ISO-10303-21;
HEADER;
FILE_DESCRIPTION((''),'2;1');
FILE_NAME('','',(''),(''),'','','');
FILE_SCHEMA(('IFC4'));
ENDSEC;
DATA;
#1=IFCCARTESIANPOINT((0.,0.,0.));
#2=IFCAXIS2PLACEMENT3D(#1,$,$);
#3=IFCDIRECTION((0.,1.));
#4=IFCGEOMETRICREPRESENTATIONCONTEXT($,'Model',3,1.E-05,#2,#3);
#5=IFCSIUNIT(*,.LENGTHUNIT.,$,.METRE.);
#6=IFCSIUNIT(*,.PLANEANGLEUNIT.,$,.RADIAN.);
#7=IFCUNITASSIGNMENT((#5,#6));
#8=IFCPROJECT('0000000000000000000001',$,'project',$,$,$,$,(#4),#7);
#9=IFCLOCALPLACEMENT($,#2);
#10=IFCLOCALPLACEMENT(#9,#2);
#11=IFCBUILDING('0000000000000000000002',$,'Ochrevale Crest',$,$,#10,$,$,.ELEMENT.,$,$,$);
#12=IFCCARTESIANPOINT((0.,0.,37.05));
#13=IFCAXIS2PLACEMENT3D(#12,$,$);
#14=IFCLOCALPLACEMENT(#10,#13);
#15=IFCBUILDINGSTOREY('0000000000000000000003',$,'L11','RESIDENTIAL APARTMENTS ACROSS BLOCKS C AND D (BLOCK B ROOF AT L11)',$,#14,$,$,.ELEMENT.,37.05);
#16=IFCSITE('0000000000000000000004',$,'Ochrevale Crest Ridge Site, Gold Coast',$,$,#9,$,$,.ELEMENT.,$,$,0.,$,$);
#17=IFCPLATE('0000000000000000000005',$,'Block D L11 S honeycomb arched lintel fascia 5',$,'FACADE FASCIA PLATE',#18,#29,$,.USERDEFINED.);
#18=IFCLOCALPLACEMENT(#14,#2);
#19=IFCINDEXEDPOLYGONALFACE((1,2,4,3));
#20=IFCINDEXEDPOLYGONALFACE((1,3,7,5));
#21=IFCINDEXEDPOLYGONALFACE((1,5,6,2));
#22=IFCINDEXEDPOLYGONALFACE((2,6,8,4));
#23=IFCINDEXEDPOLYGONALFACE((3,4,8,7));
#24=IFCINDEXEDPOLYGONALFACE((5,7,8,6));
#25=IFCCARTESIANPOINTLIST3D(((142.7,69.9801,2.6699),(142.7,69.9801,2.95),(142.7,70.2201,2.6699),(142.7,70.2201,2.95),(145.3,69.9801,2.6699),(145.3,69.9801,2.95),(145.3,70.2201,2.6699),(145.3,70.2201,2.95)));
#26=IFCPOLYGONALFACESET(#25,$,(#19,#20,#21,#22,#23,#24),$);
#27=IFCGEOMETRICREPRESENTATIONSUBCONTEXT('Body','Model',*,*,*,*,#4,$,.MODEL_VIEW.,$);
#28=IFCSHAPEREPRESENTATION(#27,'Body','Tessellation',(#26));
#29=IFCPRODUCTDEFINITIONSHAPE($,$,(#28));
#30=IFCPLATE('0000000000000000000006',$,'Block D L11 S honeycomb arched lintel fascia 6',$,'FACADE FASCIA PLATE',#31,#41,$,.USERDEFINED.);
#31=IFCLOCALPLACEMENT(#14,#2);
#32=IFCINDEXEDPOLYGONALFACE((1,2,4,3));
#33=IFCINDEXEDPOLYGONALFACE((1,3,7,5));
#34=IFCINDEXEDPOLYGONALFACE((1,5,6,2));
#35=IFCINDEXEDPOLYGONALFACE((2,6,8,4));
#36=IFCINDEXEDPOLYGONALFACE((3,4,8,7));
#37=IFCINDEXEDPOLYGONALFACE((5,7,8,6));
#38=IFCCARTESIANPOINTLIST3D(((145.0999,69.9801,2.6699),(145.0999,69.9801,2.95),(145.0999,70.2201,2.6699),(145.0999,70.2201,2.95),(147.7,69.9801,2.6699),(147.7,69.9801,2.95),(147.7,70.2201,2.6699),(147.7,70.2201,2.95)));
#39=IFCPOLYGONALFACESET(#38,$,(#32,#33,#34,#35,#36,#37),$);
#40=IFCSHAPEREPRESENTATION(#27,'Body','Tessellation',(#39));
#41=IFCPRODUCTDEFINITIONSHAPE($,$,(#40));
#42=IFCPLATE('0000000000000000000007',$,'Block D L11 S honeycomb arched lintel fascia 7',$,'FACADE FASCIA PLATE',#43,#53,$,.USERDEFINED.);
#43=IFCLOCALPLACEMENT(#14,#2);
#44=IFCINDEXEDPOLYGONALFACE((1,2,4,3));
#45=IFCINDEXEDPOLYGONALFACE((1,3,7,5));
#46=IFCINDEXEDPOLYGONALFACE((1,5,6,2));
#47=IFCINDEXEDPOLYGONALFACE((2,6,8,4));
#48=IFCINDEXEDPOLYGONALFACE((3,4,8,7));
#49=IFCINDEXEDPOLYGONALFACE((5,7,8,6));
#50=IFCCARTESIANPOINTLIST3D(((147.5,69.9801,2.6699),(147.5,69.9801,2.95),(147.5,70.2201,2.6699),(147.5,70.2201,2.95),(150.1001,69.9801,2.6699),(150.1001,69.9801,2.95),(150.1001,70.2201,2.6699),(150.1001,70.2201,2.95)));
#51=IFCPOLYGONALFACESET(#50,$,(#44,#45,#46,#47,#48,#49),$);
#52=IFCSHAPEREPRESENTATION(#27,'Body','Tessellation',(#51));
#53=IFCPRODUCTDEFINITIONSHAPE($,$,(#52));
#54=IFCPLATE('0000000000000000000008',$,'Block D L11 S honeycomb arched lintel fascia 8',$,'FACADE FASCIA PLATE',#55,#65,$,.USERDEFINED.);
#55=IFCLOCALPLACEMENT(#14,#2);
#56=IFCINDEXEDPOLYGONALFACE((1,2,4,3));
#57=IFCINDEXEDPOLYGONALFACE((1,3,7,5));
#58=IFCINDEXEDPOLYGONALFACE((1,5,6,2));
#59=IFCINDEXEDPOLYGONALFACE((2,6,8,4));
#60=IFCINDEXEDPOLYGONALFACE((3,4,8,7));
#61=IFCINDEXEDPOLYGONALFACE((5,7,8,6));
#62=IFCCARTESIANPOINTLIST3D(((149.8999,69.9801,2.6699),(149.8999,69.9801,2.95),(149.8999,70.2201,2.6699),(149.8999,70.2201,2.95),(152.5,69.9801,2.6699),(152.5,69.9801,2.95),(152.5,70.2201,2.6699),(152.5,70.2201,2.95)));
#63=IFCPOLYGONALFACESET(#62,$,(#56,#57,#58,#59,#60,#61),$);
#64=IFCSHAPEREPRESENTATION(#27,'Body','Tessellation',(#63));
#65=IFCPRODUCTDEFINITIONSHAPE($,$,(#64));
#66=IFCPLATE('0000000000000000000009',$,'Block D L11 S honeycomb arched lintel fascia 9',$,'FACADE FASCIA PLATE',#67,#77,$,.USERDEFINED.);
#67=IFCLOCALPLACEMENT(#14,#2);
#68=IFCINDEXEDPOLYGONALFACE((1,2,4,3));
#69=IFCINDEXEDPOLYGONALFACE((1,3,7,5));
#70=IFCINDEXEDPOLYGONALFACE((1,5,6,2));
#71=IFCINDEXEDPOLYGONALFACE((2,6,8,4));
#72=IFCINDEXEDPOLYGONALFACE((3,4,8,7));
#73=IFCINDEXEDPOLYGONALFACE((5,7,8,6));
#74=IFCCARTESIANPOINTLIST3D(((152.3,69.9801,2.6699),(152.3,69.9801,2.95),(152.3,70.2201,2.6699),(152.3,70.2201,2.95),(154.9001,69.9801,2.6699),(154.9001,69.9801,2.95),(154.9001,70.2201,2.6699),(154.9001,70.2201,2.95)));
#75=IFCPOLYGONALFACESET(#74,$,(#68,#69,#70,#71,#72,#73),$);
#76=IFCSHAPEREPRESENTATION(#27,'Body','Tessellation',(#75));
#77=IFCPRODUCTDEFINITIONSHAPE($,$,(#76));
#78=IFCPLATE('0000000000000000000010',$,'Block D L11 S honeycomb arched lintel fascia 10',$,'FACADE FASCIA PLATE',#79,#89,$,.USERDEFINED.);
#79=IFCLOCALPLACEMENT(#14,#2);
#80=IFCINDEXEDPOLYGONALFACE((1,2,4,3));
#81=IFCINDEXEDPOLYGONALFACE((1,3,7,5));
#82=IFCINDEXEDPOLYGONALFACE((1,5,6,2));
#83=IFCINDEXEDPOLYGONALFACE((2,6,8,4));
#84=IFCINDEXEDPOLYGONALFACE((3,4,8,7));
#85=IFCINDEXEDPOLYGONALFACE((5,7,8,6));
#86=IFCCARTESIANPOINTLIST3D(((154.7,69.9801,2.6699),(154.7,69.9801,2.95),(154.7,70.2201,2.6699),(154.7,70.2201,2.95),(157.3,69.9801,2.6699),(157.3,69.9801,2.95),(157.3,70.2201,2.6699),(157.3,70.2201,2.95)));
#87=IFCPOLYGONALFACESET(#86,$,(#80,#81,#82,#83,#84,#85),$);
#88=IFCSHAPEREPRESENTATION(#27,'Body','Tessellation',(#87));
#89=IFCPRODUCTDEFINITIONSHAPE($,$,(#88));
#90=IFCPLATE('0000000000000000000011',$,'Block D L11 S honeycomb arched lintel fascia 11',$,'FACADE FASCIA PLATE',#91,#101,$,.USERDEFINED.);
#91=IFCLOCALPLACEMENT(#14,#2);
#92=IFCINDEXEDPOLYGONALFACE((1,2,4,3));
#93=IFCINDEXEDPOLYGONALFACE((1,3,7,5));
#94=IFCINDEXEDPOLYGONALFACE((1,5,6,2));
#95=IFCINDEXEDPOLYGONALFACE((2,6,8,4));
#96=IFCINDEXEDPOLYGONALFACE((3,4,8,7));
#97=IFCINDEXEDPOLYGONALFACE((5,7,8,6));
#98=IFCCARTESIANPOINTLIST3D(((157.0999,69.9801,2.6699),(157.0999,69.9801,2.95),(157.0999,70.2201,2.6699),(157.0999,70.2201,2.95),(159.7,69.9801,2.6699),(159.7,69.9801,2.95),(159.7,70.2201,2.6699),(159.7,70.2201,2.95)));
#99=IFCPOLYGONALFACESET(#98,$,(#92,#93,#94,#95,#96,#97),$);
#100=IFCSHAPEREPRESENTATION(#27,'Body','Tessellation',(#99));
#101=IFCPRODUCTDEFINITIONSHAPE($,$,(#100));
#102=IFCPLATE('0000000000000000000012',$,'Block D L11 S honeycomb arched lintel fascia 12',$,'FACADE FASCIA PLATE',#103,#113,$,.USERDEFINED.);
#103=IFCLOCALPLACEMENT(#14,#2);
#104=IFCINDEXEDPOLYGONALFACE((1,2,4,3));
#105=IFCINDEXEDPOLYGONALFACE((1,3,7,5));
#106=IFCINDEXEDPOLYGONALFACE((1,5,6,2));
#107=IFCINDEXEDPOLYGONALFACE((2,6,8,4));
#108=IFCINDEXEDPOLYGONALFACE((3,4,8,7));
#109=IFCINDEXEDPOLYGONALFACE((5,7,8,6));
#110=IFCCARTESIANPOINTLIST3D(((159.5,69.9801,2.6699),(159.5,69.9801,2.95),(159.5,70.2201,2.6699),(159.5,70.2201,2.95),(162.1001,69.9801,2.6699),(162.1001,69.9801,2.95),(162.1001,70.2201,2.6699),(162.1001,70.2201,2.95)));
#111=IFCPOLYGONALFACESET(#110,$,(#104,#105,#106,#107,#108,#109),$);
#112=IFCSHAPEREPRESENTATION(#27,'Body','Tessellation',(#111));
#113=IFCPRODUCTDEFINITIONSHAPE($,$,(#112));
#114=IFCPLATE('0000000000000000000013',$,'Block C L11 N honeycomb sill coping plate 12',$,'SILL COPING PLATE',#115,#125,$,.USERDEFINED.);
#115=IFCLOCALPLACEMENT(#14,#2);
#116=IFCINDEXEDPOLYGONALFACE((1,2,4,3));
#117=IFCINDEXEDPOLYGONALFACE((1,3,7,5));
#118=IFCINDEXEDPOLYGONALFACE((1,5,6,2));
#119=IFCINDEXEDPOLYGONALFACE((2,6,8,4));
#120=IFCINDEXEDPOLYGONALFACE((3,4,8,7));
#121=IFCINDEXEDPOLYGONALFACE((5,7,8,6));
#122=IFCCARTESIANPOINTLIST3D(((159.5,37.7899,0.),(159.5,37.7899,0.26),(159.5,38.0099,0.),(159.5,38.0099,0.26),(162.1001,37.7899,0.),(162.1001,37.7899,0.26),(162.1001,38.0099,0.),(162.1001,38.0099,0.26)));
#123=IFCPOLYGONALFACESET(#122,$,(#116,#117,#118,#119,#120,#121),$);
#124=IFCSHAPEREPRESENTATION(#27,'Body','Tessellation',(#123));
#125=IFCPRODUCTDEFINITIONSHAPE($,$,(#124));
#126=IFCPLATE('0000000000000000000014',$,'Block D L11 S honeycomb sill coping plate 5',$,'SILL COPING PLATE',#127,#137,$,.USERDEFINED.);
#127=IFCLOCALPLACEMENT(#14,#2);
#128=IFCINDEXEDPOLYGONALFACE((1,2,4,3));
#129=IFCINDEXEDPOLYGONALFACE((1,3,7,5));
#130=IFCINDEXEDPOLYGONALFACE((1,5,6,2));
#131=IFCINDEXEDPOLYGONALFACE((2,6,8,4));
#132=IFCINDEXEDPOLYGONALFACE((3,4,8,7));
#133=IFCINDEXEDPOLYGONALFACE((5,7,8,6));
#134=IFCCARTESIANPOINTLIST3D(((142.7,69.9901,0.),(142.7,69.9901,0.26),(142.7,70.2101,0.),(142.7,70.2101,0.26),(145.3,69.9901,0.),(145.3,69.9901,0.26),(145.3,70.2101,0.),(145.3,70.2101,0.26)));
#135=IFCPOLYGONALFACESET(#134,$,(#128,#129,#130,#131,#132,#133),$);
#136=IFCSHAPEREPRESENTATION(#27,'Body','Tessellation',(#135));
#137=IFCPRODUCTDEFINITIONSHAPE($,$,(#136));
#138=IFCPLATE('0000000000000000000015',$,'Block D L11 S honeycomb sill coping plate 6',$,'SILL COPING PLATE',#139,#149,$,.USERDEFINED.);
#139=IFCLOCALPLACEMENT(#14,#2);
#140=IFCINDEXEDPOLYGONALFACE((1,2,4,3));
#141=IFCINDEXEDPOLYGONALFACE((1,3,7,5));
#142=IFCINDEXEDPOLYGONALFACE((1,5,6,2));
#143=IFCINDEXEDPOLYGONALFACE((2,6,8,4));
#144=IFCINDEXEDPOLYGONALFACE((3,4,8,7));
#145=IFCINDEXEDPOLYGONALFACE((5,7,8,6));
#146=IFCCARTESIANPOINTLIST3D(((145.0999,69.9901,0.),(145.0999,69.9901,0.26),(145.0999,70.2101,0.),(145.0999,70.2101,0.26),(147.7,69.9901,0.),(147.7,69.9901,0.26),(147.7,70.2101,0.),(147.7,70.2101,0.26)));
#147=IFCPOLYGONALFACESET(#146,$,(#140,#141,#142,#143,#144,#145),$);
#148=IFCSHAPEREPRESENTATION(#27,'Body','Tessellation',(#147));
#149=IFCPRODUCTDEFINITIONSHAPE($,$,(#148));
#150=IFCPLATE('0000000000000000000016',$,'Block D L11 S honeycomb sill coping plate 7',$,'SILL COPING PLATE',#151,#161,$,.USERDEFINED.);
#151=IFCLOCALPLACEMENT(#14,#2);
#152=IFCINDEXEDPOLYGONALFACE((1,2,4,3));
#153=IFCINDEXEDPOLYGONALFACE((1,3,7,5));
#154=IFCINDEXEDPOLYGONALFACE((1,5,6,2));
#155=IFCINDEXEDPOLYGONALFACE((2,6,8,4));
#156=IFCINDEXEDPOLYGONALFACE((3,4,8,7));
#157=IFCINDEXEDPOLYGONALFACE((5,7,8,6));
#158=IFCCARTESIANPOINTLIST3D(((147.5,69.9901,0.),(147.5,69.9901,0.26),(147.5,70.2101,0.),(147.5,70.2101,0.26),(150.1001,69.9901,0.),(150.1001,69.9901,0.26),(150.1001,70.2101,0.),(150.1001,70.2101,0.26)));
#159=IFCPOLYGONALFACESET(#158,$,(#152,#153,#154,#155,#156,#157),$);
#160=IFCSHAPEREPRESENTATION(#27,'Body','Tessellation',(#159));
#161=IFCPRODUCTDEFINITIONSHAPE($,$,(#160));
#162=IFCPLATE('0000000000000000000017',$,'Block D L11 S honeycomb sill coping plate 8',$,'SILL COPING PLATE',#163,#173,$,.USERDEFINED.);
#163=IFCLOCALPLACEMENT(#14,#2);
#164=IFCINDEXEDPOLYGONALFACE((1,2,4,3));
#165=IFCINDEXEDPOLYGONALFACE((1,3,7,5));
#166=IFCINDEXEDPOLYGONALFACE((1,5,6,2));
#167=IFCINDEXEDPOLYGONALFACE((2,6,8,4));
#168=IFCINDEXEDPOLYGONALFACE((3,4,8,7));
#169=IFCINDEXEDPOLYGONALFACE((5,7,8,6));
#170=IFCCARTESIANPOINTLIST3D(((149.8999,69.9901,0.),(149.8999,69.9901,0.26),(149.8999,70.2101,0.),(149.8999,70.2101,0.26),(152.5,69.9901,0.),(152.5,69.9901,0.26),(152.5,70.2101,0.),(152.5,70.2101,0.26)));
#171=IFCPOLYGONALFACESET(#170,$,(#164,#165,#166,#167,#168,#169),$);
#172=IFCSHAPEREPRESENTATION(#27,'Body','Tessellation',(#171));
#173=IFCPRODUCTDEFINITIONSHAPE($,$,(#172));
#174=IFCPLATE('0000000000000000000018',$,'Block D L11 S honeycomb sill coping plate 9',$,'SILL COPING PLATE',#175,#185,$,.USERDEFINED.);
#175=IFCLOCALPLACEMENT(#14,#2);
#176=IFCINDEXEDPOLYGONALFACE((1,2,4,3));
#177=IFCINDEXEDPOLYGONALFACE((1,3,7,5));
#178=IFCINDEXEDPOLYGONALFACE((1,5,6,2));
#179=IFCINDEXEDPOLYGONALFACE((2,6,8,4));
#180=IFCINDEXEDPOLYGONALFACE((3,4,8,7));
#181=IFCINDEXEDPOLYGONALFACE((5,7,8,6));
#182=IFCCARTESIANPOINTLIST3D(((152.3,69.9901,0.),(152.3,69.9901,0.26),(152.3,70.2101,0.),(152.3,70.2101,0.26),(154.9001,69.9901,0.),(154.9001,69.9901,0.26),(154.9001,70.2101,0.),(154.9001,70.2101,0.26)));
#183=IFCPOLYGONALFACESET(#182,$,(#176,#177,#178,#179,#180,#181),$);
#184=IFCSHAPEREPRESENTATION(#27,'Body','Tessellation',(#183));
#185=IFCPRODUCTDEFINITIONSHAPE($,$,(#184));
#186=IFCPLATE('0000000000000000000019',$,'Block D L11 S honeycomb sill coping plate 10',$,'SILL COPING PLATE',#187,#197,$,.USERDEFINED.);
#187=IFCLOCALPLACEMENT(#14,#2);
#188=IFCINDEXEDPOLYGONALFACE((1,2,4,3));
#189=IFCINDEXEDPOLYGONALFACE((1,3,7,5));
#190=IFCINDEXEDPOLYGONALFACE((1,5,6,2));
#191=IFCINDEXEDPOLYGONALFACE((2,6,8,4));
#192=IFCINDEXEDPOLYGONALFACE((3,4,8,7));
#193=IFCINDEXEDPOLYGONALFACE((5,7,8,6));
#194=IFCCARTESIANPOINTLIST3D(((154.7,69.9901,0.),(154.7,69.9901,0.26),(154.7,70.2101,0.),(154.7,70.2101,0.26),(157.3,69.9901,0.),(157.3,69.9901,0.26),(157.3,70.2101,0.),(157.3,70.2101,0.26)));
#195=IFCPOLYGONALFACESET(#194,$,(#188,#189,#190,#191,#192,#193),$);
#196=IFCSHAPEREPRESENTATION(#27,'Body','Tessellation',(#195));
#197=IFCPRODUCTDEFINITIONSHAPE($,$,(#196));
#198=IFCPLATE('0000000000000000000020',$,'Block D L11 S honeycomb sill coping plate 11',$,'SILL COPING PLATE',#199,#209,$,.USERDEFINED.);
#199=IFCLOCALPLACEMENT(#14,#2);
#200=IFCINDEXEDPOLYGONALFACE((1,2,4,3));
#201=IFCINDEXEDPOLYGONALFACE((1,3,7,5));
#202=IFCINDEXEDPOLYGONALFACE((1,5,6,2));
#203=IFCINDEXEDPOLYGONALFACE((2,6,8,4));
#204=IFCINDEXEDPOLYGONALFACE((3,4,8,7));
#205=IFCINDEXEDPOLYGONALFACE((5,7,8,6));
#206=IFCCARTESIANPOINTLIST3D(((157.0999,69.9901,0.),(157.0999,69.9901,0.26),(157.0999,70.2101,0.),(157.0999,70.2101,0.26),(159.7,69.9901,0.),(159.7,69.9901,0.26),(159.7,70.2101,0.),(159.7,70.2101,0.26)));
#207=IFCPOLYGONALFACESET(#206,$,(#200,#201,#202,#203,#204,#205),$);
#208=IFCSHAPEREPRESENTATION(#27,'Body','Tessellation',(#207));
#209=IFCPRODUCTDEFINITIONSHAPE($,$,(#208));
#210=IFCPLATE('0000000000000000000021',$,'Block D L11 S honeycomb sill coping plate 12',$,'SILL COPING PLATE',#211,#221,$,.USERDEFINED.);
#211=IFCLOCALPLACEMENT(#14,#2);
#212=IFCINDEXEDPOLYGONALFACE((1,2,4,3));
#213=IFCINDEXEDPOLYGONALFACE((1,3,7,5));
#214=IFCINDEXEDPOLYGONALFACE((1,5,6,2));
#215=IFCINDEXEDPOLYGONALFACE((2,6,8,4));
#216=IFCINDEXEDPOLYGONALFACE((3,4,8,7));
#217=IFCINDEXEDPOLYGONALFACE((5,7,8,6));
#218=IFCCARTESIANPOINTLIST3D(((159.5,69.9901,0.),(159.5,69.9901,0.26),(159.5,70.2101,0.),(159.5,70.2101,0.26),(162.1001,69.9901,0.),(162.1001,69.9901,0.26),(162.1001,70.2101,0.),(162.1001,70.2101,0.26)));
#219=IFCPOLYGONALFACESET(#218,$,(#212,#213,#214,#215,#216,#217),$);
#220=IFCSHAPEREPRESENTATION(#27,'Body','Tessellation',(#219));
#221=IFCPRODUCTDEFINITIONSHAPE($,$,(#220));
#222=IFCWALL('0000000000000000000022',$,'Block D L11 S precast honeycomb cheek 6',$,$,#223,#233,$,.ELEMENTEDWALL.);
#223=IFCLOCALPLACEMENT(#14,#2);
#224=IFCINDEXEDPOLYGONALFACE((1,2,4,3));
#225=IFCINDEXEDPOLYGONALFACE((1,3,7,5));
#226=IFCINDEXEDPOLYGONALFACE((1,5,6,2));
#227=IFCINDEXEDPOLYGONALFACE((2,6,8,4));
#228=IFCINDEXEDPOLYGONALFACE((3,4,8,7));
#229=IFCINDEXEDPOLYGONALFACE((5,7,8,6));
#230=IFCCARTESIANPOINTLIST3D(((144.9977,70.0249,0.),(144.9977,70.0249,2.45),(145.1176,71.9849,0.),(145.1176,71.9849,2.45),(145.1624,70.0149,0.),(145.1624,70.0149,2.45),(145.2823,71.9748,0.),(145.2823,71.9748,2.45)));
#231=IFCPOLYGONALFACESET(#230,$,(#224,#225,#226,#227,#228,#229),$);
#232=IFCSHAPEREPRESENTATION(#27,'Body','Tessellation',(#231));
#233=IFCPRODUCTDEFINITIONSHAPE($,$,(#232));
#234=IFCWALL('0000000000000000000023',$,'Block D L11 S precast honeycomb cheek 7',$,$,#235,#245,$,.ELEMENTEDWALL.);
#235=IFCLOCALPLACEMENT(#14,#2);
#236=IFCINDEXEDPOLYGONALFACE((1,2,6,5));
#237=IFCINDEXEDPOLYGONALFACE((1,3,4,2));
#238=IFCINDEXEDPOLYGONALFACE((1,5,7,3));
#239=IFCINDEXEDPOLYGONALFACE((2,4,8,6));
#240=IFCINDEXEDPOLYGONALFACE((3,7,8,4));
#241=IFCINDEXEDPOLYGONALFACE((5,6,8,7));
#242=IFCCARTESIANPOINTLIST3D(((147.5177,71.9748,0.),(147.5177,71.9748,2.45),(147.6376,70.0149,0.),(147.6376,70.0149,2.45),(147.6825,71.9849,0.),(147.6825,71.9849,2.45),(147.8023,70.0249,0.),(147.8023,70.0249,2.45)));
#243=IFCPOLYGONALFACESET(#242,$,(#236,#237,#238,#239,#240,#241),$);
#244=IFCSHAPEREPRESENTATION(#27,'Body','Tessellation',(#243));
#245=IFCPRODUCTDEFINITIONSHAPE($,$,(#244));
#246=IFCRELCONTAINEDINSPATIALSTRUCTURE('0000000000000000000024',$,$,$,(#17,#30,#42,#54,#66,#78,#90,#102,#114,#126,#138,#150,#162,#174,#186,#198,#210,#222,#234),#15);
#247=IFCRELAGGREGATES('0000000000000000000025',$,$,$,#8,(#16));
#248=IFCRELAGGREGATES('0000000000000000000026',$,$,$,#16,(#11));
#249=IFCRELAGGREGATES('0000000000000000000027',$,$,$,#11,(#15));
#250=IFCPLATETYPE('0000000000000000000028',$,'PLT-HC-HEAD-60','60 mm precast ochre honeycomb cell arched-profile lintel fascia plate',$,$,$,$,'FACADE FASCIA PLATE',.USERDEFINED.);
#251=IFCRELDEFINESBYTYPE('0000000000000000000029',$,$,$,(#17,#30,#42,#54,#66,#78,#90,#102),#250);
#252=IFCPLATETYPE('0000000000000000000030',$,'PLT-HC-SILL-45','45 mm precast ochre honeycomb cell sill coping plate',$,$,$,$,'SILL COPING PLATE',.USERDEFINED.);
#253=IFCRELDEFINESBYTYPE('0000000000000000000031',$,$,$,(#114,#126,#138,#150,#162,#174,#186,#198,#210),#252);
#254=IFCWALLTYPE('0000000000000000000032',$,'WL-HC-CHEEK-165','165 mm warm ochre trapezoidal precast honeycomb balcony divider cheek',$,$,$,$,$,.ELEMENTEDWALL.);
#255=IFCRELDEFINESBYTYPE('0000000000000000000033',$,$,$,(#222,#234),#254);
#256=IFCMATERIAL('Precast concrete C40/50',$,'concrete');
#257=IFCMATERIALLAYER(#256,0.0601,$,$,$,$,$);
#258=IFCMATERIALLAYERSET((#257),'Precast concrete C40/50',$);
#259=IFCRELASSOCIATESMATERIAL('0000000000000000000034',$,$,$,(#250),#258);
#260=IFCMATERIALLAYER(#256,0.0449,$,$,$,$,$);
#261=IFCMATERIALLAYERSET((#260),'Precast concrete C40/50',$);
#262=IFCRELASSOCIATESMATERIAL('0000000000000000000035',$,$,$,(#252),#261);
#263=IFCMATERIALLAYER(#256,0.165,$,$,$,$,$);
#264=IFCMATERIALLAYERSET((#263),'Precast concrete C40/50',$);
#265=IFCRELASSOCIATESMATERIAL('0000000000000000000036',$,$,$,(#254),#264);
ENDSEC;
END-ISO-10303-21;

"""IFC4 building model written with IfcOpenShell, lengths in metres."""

from ifc_helpers import new_model, si_unit, direction, frame, frame_2d, origin, origin_2d, place, context, subcontext, project, spatial, rectangle, extrude, material, layer, layer_set, type_object, element, save


model = new_model("IFC4")

# Units and contexts
model_context = context("Model", 3, precision=1e-05, world=origin(), true_north=direction((0.0, 1.0)))
body_context = subcontext(model_context, "Body", "Model", "MODEL_VIEW")
ifc_project = project(units=[si_unit("LENGTHUNIT", "METRE"), si_unit("PLANEANGLEUNIT", "RADIAN")], contexts=[model_context])

# Site, building, storey
site_placement = place(None, origin())
site = spatial("IfcSite", under=ifc_project, at=site_placement, Name="Ochrevale Crest Ridge Site, Gold Coast", CompositionType="ELEMENT", RefElevation=0.0)
building_placement = place(site_placement, origin())
building = spatial("IfcBuilding", under=site, at=building_placement, Name="Ochrevale Crest", CompositionType="ELEMENT")
storey_placement = place(building_placement, frame((0.0, 0.0, 37.05)))
storey = spatial("IfcBuildingStorey", under=building, at=storey_placement, Name="L11", Description="RESIDENTIAL APARTMENTS ACROSS BLOCKS C AND D (BLOCK B ROOF AT L11)", CompositionType="ELEMENT", Elevation=37.05)

# Plates
ifc_material_1 = material(Name="Precast concrete C40/50", Category="concrete")
ifc_layer_1 = layer(ifc_material_1, 0.0601)
ifc_layer_set_1 = layer_set([ifc_layer_1], Name="Precast concrete C40/50")
plate_type_1 = type_object("IfcPlateType", Name="PLT-HC-HEAD-60", Description="60 mm precast ochre honeycomb cell arched-profile lintel fascia plate", ElementType="FACADE FASCIA PLATE", PredefinedType="USERDEFINED", material=ifc_layer_set_1)
for number, where, z_axis, x_axis, name in (
    (1, (144.0, 70.1001, 2.6699), (0.0, 0.0, 1.0), (1.0, 0.0, 0.0), "Block D L11 S honeycomb arched lintel fascia 5"),
    (2, (146.3999, 70.1001, 2.6699), (0.0, 0.0, 1.0), (1.0, 0.0, 0.0), "Block D L11 S honeycomb arched lintel fascia 6"),
    (3, (148.8, 70.1001, 2.6699), (0.0, 0.0, 1.0), (1.0, 0.0, 0.0), "Block D L11 S honeycomb arched lintel fascia 7"),
    (4, (151.2, 70.1001, 2.6699), (0.0, 0.0, 1.0), (1.0, 0.0, 0.0), "Block D L11 S honeycomb arched lintel fascia 8"),
    (5, (153.6001, 70.1001, 2.6699), (0.0, 0.0, 1.0), (1.0, 0.0, 0.0), "Block D L11 S honeycomb arched lintel fascia 9"),
    (6, (156.0, 70.1001, 2.6699), (0.0, 0.0, 1.0), (1.0, 0.0, 0.0), "Block D L11 S honeycomb arched lintel fascia 10"),
    (7, (158.3999, 70.1001, 2.6699), (0.0, 0.0, 1.0), (1.0, 0.0, 0.0), "Block D L11 S honeycomb arched lintel fascia 11"),
    (8, (160.8, 70.1001, 2.6699), (0.0, 0.0, 1.0), (1.0, 0.0, 0.0), "Block D L11 S honeycomb arched lintel fascia 12"),
):
    element("IfcPlate", number, at=place(storey_placement, frame(where, z_axis=z_axis, x_axis=x_axis)), inside=storey, type_object=plate_type_1, Name=name, ObjectType="FACADE FASCIA PLATE", PredefinedType="USERDEFINED", context=body_context, shape_type="SweptSolid", body=[
        extrude(rectangle(XDim=2.6001, YDim=0.24, at=origin_2d()), origin(), (0.0, 0.0, 1.0), 0.28),
    ])
ifc_layer_2 = layer(ifc_material_1, 0.0449)
ifc_layer_set_2 = layer_set([ifc_layer_2], Name="Precast concrete C40/50")
plate_type_2 = type_object("IfcPlateType", Name="PLT-HC-SILL-45", Description="45 mm precast ochre honeycomb cell sill coping plate", ElementType="SILL COPING PLATE", PredefinedType="USERDEFINED", material=ifc_layer_set_2)
for number, where, z_axis, x_axis, name in (
    (9, (160.8, 37.8999, 0.0), (0.0, 0.0, 1.0), (1.0, 0.0, 0.0), "Block C L11 N honeycomb sill coping plate 12"),
    (10, (144.0, 70.1001, 0.0), (0.0, 0.0, 1.0), (1.0, 0.0, 0.0), "Block D L11 S honeycomb sill coping plate 5"),
    (11, (146.3999, 70.1001, 0.0), (0.0, 0.0, 1.0), (1.0, 0.0, 0.0), "Block D L11 S honeycomb sill coping plate 6"),
    (12, (148.8, 70.1001, 0.0), (0.0, 0.0, 1.0), (1.0, 0.0, 0.0), "Block D L11 S honeycomb sill coping plate 7"),
    (13, (151.2, 70.1001, 0.0), (0.0, 0.0, 1.0), (1.0, 0.0, 0.0), "Block D L11 S honeycomb sill coping plate 8"),
    (14, (153.6001, 70.1001, 0.0), (0.0, 0.0, 1.0), (1.0, 0.0, 0.0), "Block D L11 S honeycomb sill coping plate 9"),
    (15, (156.0, 70.1001, 0.0), (0.0, 0.0, 1.0), (1.0, 0.0, 0.0), "Block D L11 S honeycomb sill coping plate 10"),
    (16, (158.3999, 70.1001, 0.0), (0.0, 0.0, 1.0), (1.0, 0.0, 0.0), "Block D L11 S honeycomb sill coping plate 11"),
    (17, (160.8, 70.1001, 0.0), (0.0, 0.0, 1.0), (1.0, 0.0, 0.0), "Block D L11 S honeycomb sill coping plate 12"),
):
    element("IfcPlate", number, at=place(storey_placement, frame(where, z_axis=z_axis, x_axis=x_axis)), inside=storey, type_object=plate_type_2, Name=name, ObjectType="SILL COPING PLATE", PredefinedType="USERDEFINED", context=body_context, shape_type="SweptSolid", body=[
        extrude(rectangle(XDim=2.6001, YDim=0.22, at=origin_2d()), origin(), (0.0, 0.0, 1.0), 0.26),
    ])

# Walls
ifc_layer_3 = layer(ifc_material_1, 0.165)
ifc_layer_set_3 = layer_set([ifc_layer_3], Name="Precast concrete C40/50")
wall_type = type_object("IfcWallType", Name="WL-HC-CHEEK-165", Description="165 mm warm ochre trapezoidal precast honeycomb balcony divider cheek", PredefinedType="ELEMENTEDWALL", material=ifc_layer_set_3)
for number, where, z_axis, x_axis, name in (
    (18, (145.2, 71.98, 0.0), (0.0, 0.0, 1.0), (-0.061047, -0.998135, 0.0), "Block D L11 S precast honeycomb cheek 6"),
    (19, (147.6001, 71.98, 0.0), (0.0, 0.0, 1.0), (0.061047, -0.998135, 0.0), "Block D L11 S precast honeycomb cheek 7"),
):
    element("IfcWall", number, at=place(storey_placement, frame(where, z_axis=z_axis, x_axis=x_axis)), inside=storey, type_object=wall_type, Name=name, PredefinedType="ELEMENTEDWALL", context=body_context, shape_type="SweptSolid", body=[
        extrude(rectangle(XDim=1.9636, YDim=0.165, at=frame_2d((0.9819, 0.0))), origin(), (0.0, 0.0, 1.0), 2.45),
    ])

save(model, "model.ifc")
